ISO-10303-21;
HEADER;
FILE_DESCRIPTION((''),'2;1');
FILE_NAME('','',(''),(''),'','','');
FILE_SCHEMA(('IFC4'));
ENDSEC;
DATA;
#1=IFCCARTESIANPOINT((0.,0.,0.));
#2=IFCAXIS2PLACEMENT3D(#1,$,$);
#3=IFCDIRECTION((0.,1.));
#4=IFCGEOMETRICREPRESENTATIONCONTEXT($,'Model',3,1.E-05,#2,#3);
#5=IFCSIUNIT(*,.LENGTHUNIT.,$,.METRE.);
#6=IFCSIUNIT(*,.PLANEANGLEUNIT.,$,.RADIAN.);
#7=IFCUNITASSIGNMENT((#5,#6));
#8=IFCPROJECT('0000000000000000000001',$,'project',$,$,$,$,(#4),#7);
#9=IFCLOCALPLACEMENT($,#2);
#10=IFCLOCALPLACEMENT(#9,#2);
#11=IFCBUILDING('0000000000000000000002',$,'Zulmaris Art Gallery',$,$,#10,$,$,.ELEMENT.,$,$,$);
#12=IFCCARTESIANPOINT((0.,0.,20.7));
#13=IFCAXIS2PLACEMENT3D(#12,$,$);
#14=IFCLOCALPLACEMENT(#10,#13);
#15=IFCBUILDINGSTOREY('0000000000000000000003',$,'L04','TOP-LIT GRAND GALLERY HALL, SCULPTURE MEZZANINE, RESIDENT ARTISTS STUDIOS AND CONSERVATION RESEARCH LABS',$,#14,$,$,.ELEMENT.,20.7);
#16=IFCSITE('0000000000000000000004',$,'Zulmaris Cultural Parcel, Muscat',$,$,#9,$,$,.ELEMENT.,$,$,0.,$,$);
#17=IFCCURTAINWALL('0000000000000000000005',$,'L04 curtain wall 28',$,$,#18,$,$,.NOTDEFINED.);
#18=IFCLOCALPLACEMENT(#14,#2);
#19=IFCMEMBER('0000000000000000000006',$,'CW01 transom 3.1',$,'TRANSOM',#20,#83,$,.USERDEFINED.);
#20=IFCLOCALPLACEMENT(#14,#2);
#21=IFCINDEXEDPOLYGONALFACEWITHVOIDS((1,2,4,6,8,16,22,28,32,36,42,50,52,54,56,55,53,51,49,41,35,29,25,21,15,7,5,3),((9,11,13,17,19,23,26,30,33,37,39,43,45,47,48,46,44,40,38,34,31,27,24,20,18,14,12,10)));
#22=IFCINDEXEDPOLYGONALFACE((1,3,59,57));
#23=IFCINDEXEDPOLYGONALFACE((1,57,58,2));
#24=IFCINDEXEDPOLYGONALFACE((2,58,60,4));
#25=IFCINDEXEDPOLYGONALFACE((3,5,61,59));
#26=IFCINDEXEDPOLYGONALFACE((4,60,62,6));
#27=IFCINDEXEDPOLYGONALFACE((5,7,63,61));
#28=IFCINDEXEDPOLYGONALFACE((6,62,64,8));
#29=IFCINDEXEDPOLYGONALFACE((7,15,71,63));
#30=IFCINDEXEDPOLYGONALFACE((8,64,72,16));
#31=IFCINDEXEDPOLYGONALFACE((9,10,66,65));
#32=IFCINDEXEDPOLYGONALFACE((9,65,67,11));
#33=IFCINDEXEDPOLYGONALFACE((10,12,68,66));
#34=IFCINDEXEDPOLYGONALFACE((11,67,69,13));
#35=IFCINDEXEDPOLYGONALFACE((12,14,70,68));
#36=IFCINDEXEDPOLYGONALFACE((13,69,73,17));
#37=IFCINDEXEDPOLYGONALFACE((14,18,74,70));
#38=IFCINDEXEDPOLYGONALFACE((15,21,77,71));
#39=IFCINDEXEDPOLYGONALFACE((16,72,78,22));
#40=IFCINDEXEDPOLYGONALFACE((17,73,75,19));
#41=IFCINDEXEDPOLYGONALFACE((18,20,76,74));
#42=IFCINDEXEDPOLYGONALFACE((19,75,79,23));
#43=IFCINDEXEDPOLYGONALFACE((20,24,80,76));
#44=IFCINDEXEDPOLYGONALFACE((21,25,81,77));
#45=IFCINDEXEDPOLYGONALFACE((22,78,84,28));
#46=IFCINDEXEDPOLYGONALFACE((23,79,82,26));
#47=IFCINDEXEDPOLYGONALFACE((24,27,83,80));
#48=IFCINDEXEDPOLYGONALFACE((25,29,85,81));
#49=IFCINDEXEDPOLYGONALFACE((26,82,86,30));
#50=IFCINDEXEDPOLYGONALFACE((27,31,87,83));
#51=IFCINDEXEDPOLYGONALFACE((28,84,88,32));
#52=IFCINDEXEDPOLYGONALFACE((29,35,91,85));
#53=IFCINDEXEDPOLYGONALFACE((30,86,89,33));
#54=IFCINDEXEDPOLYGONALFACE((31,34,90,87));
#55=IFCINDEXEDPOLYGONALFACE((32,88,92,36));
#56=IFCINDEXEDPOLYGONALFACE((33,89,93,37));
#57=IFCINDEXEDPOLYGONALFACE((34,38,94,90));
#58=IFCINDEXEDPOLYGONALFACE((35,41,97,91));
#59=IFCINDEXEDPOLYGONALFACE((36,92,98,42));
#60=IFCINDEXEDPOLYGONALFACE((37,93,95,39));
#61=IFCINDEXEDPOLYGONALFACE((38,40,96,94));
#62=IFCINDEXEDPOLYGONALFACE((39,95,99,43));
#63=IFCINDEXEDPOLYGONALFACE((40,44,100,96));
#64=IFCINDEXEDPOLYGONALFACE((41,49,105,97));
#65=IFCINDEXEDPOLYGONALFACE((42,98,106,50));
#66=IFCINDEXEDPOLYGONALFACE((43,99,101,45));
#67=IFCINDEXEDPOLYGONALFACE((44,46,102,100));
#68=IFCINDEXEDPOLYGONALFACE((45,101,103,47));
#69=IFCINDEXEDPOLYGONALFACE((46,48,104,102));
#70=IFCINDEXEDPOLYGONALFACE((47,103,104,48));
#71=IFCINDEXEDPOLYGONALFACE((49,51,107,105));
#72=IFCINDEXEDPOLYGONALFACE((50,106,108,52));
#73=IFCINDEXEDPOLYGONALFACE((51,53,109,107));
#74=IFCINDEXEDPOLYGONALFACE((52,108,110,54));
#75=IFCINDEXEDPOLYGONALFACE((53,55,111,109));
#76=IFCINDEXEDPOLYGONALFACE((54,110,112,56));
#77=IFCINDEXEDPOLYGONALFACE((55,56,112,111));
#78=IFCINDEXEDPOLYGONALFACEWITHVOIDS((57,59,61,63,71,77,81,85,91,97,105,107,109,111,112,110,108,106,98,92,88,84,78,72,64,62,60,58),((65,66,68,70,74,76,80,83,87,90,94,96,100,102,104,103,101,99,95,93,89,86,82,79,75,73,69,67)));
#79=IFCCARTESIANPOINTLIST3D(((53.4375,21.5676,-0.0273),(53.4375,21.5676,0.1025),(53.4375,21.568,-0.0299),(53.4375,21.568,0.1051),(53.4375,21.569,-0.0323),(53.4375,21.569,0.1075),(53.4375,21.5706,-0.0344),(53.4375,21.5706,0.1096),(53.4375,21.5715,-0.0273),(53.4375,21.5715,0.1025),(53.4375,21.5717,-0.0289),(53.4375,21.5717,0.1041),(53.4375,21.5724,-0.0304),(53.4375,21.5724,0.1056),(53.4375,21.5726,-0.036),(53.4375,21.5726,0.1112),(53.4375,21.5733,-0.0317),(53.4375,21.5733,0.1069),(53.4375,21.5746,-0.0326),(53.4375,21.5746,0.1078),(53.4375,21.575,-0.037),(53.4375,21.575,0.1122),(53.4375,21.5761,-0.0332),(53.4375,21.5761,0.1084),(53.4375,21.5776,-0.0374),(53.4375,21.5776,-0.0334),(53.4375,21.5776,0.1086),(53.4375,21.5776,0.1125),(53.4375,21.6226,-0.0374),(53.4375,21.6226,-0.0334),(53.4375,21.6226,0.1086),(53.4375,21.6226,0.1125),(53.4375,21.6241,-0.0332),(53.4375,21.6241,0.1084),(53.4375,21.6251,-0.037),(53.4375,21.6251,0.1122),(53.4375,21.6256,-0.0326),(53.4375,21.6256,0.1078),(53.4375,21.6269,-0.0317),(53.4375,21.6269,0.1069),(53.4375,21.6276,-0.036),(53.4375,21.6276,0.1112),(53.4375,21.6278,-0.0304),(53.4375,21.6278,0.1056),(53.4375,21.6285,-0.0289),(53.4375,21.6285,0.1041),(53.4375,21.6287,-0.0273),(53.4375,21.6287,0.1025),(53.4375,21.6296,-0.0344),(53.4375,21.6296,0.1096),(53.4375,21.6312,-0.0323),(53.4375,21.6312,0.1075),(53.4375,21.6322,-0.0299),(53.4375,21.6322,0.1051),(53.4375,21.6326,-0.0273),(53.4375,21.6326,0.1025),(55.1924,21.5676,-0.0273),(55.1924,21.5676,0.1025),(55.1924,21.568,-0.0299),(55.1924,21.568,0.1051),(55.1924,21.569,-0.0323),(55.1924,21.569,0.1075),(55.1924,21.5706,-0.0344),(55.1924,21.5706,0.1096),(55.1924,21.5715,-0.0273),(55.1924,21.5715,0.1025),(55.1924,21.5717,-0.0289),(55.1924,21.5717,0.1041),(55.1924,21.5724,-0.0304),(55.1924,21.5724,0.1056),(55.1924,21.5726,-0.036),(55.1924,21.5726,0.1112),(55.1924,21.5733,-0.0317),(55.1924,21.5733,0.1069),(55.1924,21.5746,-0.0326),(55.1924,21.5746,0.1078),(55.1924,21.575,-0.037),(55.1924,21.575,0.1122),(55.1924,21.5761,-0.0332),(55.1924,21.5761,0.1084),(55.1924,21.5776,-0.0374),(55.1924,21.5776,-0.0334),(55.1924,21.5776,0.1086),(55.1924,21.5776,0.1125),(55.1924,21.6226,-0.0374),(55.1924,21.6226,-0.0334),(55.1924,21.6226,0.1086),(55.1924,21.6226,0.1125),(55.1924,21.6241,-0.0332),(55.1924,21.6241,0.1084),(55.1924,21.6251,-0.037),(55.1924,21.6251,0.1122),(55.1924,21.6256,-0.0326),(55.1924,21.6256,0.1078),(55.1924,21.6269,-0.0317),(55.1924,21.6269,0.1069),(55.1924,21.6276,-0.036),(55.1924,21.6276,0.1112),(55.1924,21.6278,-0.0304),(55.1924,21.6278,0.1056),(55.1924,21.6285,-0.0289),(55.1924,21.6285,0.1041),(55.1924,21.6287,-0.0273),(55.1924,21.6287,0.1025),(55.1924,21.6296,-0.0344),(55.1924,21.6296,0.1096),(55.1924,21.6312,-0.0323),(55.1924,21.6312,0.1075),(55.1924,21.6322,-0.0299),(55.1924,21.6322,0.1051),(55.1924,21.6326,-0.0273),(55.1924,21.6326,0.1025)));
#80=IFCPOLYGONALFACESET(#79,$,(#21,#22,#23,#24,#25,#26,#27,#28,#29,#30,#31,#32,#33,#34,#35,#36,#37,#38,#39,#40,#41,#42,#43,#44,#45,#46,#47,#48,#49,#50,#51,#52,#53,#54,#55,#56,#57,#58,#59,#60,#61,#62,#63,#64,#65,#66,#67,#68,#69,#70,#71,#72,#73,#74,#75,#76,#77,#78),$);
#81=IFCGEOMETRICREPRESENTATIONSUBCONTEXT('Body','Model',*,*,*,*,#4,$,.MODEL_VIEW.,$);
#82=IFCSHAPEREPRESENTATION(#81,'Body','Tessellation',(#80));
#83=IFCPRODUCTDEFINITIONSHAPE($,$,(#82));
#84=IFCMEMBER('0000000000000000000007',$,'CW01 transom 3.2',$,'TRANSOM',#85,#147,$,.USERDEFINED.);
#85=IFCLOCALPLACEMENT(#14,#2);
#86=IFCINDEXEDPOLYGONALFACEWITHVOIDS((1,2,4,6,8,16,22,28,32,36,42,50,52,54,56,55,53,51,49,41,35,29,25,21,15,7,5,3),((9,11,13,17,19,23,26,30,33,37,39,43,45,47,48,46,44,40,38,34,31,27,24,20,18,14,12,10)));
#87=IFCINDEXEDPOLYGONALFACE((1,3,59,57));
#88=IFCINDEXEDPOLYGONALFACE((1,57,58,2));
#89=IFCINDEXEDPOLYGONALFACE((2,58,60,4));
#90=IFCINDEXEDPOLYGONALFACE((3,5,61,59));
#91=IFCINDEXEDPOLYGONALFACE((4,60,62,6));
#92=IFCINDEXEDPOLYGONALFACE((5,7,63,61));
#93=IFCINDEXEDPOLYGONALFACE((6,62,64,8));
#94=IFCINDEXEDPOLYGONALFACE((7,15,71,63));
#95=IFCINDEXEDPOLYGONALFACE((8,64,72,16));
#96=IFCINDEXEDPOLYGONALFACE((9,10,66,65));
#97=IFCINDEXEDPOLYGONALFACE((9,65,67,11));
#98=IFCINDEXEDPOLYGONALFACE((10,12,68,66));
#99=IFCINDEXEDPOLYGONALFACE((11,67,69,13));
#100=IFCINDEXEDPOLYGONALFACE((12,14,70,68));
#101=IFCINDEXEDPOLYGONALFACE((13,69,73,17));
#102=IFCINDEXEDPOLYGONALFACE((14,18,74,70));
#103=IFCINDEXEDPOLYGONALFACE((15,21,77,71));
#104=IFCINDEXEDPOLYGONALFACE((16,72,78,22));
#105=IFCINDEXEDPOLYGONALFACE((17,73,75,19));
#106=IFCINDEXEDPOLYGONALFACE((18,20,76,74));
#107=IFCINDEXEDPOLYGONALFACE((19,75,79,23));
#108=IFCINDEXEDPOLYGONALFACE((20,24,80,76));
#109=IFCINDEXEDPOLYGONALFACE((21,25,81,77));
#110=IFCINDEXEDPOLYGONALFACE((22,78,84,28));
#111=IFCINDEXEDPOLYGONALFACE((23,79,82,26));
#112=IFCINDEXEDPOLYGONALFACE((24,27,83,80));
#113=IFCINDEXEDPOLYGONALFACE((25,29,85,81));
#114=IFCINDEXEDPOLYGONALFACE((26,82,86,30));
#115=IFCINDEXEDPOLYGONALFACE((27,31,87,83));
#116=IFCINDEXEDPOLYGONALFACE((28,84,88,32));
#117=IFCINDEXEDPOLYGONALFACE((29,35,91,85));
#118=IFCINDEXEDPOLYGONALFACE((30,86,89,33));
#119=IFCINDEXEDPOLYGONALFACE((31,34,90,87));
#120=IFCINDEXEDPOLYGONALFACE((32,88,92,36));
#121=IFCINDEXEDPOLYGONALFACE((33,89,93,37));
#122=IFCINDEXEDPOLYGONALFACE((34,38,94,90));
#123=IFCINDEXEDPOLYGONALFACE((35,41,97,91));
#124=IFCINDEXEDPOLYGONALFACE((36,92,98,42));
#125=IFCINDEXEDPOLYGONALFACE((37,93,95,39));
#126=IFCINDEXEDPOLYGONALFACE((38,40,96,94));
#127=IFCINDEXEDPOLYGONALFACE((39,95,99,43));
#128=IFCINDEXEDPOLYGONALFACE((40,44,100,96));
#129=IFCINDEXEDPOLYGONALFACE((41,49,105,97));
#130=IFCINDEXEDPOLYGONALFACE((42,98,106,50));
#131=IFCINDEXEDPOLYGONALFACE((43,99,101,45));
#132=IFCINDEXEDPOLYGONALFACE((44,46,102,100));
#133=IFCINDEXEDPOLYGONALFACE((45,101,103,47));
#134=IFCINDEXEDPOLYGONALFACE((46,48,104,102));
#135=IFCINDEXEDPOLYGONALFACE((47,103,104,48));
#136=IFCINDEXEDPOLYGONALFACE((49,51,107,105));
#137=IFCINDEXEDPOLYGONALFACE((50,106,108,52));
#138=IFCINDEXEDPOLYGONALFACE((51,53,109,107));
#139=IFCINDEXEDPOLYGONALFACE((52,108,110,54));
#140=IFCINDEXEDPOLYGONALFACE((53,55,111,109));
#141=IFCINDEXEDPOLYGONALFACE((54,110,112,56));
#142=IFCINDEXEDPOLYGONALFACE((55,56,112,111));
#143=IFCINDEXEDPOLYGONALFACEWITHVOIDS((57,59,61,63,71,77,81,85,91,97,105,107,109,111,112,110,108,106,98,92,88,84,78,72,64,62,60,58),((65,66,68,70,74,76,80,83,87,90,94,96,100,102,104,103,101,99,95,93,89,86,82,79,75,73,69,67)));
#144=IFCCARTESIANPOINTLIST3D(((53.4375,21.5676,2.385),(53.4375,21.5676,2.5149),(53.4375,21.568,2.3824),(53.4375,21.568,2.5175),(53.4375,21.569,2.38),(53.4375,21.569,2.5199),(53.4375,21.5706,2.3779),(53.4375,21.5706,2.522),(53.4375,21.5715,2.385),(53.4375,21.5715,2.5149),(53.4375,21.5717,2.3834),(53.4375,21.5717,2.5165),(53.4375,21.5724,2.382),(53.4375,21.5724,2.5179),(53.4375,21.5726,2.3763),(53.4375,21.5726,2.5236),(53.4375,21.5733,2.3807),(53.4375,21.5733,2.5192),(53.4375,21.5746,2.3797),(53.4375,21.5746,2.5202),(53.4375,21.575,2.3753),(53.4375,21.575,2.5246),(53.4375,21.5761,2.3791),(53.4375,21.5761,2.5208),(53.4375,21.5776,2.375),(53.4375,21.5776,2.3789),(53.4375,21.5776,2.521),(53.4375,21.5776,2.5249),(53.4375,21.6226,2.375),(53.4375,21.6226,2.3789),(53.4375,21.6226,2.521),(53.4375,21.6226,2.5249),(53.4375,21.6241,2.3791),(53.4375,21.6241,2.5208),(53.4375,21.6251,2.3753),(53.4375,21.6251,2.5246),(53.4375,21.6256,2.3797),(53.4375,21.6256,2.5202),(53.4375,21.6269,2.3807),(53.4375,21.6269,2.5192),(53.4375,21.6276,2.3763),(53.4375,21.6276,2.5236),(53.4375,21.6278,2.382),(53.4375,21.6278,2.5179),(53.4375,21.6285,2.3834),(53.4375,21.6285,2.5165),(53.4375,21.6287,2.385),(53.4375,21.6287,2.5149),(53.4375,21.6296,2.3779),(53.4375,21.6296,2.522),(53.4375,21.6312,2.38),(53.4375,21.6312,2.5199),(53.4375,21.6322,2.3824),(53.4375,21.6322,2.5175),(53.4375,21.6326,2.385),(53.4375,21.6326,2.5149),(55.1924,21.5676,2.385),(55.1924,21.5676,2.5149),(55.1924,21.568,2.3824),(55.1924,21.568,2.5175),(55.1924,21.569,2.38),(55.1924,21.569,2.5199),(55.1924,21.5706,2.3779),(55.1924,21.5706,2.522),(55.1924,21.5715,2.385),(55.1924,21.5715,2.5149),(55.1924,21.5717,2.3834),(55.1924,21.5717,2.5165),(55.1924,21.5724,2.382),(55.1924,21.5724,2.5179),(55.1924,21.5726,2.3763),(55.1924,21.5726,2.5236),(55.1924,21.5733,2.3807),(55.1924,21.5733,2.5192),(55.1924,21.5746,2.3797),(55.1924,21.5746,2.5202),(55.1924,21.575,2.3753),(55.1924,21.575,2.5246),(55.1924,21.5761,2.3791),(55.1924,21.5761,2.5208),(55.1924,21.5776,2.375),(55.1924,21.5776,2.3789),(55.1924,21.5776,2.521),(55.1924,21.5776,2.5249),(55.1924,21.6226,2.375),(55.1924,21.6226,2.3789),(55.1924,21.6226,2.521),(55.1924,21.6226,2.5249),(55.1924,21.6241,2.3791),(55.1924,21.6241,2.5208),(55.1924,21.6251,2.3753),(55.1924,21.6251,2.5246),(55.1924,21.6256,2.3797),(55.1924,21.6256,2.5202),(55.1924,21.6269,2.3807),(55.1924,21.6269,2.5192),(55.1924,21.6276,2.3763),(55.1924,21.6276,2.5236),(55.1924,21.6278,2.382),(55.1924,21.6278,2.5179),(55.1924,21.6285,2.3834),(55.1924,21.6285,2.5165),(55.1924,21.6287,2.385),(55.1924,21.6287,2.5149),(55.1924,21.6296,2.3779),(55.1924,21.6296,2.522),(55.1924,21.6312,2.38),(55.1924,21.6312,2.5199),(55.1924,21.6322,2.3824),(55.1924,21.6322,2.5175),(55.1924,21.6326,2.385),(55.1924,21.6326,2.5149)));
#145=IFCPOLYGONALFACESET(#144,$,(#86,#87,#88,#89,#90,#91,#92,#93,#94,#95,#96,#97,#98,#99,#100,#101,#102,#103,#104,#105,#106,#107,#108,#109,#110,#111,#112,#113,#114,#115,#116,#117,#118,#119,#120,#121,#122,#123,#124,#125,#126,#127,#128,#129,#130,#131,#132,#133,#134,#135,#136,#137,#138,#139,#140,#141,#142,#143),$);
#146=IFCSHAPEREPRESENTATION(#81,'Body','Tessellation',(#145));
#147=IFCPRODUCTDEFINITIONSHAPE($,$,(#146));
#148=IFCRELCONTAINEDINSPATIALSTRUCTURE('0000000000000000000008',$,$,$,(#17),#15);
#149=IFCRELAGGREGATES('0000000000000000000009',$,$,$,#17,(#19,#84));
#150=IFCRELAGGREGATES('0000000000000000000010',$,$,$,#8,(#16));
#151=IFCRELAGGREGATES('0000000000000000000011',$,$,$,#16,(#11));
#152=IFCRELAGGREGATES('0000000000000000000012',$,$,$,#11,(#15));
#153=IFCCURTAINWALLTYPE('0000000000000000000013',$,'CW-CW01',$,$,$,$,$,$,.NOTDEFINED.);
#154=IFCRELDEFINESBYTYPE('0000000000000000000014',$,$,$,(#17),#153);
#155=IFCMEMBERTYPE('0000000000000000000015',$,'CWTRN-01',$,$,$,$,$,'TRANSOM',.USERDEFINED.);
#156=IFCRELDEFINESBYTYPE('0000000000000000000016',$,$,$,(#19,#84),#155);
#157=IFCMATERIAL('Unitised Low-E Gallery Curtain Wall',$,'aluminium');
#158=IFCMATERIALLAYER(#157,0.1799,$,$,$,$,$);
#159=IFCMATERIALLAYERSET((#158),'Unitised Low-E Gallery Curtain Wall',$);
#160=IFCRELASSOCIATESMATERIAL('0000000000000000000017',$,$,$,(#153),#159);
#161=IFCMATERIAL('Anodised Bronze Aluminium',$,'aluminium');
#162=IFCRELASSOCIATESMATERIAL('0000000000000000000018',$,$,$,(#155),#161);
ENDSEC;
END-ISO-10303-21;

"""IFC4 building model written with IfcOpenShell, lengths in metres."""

from ifc_helpers import new_model, si_unit, direction, frame, origin, origin_2d, place, context, subcontext, project, spatial, hollow_rectangle, extrude, material, layer, layer_set, material_profile, profile_set, type_object, element, aggregate, save


model = new_model("IFC4")

# Units and contexts
model_context = context("Model", 3, precision=1e-05, world=origin(), true_north=direction((0.0, 1.0)))
body_context = subcontext(model_context, "Body", "Model", "MODEL_VIEW")
ifc_project = project(units=[si_unit("LENGTHUNIT", "METRE"), si_unit("PLANEANGLEUNIT", "RADIAN")], contexts=[model_context])

# Site, building, storey
site_placement = place(None, origin())
site = spatial("IfcSite", under=ifc_project, at=site_placement, Name="Zulmaris Cultural Parcel, Muscat", CompositionType="ELEMENT", RefElevation=0.0)
building_placement = place(site_placement, origin())
building = spatial("IfcBuilding", under=site, at=building_placement, Name="Zulmaris Art Gallery", CompositionType="ELEMENT")
storey_placement = place(building_placement, frame((0.0, 0.0, 20.7)))
storey = spatial("IfcBuildingStorey", under=building, at=storey_placement, Name="L04", Description="TOP-LIT GRAND GALLERY HALL, SCULPTURE MEZZANINE, RESIDENT ARTISTS STUDIOS AND CONSERVATION RESEARCH LABS", CompositionType="ELEMENT", Elevation=20.7)

# Curtain wall
ifc_material_1 = material(Name="Unitised Low-E Gallery Curtain Wall", Category="aluminium")
ifc_layer_1 = layer(ifc_material_1, 0.1799)
ifc_layer_set_1 = layer_set([ifc_layer_1], Name="Unitised Low-E Gallery Curtain Wall")
curtain_wall_type_1 = type_object("IfcCurtainWallType", Name="CW-CW01", PredefinedType="NOTDEFINED", material=ifc_layer_set_1)
curtain_wall_1_placement = place(storey_placement, origin())
curtain_wall_1 = element("IfcCurtainWall", 1, at=curtain_wall_1_placement, inside=storey, type_object=curtain_wall_type_1, Name="L04 curtain wall 28", PredefinedType="NOTDEFINED")
ifc_material_2 = material(Name="Anodised Bronze Aluminium", Category="aluminium")

# Members
ifc_material_profile_1 = material_profile(ifc_material_2, hollow_rectangle(XDim=0.0649, YDim=0.1499, WallThickness=0.0039, InnerFilletRadius=0.0061, OuterFilletRadius=0.01, at=origin_2d()), Name="ALU 65x150x4")
ifc_profile_set_1 = profile_set([ifc_material_profile_1], Name="Anodised Bronze Aluminium")
member_type_1 = type_object("IfcMemberType", Name="CWTRN-01", ElementType="TRANSOM", PredefinedType="USERDEFINED", material=ifc_profile_set_1)
member_1_placement = place(storey_placement, frame((53.4375, 21.6001, 0.0376), z_axis=(1.0, 0.0, 0.0), x_axis=(0.0, 1.0, 0.0)))
member_1 = element("IfcMember", 2, at=member_1_placement, type_object=member_type_1, Name="CW01 transom 3.1", ObjectType="TRANSOM", PredefinedType="USERDEFINED", context=body_context, shape_type="SweptSolid", body=[
    extrude(hollow_rectangle(XDim=0.0649, YDim=0.1499, WallThickness=0.0039, InnerFilletRadius=0.0061, OuterFilletRadius=0.01, at=origin_2d()), origin(), (0.0, 0.0, 1.0), 1.7549),
])
member_2_placement = place(storey_placement, frame((53.4375, 21.6001, 2.45), z_axis=(1.0, 0.0, 0.0), x_axis=(0.0, 1.0, 0.0)))
member_2 = element("IfcMember", 3, at=member_2_placement, type_object=member_type_1, Name="CW01 transom 3.2", ObjectType="TRANSOM", PredefinedType="USERDEFINED", context=body_context, shape_type="SweptSolid", body=[
    extrude(hollow_rectangle(XDim=0.0649, YDim=0.1499, WallThickness=0.0039, InnerFilletRadius=0.0061, OuterFilletRadius=0.01, at=origin_2d()), origin(), (0.0, 0.0, 1.0), 1.7549),
])

aggregate(curtain_wall_1, [member_1, member_2])

save(model, "model.ifc")
